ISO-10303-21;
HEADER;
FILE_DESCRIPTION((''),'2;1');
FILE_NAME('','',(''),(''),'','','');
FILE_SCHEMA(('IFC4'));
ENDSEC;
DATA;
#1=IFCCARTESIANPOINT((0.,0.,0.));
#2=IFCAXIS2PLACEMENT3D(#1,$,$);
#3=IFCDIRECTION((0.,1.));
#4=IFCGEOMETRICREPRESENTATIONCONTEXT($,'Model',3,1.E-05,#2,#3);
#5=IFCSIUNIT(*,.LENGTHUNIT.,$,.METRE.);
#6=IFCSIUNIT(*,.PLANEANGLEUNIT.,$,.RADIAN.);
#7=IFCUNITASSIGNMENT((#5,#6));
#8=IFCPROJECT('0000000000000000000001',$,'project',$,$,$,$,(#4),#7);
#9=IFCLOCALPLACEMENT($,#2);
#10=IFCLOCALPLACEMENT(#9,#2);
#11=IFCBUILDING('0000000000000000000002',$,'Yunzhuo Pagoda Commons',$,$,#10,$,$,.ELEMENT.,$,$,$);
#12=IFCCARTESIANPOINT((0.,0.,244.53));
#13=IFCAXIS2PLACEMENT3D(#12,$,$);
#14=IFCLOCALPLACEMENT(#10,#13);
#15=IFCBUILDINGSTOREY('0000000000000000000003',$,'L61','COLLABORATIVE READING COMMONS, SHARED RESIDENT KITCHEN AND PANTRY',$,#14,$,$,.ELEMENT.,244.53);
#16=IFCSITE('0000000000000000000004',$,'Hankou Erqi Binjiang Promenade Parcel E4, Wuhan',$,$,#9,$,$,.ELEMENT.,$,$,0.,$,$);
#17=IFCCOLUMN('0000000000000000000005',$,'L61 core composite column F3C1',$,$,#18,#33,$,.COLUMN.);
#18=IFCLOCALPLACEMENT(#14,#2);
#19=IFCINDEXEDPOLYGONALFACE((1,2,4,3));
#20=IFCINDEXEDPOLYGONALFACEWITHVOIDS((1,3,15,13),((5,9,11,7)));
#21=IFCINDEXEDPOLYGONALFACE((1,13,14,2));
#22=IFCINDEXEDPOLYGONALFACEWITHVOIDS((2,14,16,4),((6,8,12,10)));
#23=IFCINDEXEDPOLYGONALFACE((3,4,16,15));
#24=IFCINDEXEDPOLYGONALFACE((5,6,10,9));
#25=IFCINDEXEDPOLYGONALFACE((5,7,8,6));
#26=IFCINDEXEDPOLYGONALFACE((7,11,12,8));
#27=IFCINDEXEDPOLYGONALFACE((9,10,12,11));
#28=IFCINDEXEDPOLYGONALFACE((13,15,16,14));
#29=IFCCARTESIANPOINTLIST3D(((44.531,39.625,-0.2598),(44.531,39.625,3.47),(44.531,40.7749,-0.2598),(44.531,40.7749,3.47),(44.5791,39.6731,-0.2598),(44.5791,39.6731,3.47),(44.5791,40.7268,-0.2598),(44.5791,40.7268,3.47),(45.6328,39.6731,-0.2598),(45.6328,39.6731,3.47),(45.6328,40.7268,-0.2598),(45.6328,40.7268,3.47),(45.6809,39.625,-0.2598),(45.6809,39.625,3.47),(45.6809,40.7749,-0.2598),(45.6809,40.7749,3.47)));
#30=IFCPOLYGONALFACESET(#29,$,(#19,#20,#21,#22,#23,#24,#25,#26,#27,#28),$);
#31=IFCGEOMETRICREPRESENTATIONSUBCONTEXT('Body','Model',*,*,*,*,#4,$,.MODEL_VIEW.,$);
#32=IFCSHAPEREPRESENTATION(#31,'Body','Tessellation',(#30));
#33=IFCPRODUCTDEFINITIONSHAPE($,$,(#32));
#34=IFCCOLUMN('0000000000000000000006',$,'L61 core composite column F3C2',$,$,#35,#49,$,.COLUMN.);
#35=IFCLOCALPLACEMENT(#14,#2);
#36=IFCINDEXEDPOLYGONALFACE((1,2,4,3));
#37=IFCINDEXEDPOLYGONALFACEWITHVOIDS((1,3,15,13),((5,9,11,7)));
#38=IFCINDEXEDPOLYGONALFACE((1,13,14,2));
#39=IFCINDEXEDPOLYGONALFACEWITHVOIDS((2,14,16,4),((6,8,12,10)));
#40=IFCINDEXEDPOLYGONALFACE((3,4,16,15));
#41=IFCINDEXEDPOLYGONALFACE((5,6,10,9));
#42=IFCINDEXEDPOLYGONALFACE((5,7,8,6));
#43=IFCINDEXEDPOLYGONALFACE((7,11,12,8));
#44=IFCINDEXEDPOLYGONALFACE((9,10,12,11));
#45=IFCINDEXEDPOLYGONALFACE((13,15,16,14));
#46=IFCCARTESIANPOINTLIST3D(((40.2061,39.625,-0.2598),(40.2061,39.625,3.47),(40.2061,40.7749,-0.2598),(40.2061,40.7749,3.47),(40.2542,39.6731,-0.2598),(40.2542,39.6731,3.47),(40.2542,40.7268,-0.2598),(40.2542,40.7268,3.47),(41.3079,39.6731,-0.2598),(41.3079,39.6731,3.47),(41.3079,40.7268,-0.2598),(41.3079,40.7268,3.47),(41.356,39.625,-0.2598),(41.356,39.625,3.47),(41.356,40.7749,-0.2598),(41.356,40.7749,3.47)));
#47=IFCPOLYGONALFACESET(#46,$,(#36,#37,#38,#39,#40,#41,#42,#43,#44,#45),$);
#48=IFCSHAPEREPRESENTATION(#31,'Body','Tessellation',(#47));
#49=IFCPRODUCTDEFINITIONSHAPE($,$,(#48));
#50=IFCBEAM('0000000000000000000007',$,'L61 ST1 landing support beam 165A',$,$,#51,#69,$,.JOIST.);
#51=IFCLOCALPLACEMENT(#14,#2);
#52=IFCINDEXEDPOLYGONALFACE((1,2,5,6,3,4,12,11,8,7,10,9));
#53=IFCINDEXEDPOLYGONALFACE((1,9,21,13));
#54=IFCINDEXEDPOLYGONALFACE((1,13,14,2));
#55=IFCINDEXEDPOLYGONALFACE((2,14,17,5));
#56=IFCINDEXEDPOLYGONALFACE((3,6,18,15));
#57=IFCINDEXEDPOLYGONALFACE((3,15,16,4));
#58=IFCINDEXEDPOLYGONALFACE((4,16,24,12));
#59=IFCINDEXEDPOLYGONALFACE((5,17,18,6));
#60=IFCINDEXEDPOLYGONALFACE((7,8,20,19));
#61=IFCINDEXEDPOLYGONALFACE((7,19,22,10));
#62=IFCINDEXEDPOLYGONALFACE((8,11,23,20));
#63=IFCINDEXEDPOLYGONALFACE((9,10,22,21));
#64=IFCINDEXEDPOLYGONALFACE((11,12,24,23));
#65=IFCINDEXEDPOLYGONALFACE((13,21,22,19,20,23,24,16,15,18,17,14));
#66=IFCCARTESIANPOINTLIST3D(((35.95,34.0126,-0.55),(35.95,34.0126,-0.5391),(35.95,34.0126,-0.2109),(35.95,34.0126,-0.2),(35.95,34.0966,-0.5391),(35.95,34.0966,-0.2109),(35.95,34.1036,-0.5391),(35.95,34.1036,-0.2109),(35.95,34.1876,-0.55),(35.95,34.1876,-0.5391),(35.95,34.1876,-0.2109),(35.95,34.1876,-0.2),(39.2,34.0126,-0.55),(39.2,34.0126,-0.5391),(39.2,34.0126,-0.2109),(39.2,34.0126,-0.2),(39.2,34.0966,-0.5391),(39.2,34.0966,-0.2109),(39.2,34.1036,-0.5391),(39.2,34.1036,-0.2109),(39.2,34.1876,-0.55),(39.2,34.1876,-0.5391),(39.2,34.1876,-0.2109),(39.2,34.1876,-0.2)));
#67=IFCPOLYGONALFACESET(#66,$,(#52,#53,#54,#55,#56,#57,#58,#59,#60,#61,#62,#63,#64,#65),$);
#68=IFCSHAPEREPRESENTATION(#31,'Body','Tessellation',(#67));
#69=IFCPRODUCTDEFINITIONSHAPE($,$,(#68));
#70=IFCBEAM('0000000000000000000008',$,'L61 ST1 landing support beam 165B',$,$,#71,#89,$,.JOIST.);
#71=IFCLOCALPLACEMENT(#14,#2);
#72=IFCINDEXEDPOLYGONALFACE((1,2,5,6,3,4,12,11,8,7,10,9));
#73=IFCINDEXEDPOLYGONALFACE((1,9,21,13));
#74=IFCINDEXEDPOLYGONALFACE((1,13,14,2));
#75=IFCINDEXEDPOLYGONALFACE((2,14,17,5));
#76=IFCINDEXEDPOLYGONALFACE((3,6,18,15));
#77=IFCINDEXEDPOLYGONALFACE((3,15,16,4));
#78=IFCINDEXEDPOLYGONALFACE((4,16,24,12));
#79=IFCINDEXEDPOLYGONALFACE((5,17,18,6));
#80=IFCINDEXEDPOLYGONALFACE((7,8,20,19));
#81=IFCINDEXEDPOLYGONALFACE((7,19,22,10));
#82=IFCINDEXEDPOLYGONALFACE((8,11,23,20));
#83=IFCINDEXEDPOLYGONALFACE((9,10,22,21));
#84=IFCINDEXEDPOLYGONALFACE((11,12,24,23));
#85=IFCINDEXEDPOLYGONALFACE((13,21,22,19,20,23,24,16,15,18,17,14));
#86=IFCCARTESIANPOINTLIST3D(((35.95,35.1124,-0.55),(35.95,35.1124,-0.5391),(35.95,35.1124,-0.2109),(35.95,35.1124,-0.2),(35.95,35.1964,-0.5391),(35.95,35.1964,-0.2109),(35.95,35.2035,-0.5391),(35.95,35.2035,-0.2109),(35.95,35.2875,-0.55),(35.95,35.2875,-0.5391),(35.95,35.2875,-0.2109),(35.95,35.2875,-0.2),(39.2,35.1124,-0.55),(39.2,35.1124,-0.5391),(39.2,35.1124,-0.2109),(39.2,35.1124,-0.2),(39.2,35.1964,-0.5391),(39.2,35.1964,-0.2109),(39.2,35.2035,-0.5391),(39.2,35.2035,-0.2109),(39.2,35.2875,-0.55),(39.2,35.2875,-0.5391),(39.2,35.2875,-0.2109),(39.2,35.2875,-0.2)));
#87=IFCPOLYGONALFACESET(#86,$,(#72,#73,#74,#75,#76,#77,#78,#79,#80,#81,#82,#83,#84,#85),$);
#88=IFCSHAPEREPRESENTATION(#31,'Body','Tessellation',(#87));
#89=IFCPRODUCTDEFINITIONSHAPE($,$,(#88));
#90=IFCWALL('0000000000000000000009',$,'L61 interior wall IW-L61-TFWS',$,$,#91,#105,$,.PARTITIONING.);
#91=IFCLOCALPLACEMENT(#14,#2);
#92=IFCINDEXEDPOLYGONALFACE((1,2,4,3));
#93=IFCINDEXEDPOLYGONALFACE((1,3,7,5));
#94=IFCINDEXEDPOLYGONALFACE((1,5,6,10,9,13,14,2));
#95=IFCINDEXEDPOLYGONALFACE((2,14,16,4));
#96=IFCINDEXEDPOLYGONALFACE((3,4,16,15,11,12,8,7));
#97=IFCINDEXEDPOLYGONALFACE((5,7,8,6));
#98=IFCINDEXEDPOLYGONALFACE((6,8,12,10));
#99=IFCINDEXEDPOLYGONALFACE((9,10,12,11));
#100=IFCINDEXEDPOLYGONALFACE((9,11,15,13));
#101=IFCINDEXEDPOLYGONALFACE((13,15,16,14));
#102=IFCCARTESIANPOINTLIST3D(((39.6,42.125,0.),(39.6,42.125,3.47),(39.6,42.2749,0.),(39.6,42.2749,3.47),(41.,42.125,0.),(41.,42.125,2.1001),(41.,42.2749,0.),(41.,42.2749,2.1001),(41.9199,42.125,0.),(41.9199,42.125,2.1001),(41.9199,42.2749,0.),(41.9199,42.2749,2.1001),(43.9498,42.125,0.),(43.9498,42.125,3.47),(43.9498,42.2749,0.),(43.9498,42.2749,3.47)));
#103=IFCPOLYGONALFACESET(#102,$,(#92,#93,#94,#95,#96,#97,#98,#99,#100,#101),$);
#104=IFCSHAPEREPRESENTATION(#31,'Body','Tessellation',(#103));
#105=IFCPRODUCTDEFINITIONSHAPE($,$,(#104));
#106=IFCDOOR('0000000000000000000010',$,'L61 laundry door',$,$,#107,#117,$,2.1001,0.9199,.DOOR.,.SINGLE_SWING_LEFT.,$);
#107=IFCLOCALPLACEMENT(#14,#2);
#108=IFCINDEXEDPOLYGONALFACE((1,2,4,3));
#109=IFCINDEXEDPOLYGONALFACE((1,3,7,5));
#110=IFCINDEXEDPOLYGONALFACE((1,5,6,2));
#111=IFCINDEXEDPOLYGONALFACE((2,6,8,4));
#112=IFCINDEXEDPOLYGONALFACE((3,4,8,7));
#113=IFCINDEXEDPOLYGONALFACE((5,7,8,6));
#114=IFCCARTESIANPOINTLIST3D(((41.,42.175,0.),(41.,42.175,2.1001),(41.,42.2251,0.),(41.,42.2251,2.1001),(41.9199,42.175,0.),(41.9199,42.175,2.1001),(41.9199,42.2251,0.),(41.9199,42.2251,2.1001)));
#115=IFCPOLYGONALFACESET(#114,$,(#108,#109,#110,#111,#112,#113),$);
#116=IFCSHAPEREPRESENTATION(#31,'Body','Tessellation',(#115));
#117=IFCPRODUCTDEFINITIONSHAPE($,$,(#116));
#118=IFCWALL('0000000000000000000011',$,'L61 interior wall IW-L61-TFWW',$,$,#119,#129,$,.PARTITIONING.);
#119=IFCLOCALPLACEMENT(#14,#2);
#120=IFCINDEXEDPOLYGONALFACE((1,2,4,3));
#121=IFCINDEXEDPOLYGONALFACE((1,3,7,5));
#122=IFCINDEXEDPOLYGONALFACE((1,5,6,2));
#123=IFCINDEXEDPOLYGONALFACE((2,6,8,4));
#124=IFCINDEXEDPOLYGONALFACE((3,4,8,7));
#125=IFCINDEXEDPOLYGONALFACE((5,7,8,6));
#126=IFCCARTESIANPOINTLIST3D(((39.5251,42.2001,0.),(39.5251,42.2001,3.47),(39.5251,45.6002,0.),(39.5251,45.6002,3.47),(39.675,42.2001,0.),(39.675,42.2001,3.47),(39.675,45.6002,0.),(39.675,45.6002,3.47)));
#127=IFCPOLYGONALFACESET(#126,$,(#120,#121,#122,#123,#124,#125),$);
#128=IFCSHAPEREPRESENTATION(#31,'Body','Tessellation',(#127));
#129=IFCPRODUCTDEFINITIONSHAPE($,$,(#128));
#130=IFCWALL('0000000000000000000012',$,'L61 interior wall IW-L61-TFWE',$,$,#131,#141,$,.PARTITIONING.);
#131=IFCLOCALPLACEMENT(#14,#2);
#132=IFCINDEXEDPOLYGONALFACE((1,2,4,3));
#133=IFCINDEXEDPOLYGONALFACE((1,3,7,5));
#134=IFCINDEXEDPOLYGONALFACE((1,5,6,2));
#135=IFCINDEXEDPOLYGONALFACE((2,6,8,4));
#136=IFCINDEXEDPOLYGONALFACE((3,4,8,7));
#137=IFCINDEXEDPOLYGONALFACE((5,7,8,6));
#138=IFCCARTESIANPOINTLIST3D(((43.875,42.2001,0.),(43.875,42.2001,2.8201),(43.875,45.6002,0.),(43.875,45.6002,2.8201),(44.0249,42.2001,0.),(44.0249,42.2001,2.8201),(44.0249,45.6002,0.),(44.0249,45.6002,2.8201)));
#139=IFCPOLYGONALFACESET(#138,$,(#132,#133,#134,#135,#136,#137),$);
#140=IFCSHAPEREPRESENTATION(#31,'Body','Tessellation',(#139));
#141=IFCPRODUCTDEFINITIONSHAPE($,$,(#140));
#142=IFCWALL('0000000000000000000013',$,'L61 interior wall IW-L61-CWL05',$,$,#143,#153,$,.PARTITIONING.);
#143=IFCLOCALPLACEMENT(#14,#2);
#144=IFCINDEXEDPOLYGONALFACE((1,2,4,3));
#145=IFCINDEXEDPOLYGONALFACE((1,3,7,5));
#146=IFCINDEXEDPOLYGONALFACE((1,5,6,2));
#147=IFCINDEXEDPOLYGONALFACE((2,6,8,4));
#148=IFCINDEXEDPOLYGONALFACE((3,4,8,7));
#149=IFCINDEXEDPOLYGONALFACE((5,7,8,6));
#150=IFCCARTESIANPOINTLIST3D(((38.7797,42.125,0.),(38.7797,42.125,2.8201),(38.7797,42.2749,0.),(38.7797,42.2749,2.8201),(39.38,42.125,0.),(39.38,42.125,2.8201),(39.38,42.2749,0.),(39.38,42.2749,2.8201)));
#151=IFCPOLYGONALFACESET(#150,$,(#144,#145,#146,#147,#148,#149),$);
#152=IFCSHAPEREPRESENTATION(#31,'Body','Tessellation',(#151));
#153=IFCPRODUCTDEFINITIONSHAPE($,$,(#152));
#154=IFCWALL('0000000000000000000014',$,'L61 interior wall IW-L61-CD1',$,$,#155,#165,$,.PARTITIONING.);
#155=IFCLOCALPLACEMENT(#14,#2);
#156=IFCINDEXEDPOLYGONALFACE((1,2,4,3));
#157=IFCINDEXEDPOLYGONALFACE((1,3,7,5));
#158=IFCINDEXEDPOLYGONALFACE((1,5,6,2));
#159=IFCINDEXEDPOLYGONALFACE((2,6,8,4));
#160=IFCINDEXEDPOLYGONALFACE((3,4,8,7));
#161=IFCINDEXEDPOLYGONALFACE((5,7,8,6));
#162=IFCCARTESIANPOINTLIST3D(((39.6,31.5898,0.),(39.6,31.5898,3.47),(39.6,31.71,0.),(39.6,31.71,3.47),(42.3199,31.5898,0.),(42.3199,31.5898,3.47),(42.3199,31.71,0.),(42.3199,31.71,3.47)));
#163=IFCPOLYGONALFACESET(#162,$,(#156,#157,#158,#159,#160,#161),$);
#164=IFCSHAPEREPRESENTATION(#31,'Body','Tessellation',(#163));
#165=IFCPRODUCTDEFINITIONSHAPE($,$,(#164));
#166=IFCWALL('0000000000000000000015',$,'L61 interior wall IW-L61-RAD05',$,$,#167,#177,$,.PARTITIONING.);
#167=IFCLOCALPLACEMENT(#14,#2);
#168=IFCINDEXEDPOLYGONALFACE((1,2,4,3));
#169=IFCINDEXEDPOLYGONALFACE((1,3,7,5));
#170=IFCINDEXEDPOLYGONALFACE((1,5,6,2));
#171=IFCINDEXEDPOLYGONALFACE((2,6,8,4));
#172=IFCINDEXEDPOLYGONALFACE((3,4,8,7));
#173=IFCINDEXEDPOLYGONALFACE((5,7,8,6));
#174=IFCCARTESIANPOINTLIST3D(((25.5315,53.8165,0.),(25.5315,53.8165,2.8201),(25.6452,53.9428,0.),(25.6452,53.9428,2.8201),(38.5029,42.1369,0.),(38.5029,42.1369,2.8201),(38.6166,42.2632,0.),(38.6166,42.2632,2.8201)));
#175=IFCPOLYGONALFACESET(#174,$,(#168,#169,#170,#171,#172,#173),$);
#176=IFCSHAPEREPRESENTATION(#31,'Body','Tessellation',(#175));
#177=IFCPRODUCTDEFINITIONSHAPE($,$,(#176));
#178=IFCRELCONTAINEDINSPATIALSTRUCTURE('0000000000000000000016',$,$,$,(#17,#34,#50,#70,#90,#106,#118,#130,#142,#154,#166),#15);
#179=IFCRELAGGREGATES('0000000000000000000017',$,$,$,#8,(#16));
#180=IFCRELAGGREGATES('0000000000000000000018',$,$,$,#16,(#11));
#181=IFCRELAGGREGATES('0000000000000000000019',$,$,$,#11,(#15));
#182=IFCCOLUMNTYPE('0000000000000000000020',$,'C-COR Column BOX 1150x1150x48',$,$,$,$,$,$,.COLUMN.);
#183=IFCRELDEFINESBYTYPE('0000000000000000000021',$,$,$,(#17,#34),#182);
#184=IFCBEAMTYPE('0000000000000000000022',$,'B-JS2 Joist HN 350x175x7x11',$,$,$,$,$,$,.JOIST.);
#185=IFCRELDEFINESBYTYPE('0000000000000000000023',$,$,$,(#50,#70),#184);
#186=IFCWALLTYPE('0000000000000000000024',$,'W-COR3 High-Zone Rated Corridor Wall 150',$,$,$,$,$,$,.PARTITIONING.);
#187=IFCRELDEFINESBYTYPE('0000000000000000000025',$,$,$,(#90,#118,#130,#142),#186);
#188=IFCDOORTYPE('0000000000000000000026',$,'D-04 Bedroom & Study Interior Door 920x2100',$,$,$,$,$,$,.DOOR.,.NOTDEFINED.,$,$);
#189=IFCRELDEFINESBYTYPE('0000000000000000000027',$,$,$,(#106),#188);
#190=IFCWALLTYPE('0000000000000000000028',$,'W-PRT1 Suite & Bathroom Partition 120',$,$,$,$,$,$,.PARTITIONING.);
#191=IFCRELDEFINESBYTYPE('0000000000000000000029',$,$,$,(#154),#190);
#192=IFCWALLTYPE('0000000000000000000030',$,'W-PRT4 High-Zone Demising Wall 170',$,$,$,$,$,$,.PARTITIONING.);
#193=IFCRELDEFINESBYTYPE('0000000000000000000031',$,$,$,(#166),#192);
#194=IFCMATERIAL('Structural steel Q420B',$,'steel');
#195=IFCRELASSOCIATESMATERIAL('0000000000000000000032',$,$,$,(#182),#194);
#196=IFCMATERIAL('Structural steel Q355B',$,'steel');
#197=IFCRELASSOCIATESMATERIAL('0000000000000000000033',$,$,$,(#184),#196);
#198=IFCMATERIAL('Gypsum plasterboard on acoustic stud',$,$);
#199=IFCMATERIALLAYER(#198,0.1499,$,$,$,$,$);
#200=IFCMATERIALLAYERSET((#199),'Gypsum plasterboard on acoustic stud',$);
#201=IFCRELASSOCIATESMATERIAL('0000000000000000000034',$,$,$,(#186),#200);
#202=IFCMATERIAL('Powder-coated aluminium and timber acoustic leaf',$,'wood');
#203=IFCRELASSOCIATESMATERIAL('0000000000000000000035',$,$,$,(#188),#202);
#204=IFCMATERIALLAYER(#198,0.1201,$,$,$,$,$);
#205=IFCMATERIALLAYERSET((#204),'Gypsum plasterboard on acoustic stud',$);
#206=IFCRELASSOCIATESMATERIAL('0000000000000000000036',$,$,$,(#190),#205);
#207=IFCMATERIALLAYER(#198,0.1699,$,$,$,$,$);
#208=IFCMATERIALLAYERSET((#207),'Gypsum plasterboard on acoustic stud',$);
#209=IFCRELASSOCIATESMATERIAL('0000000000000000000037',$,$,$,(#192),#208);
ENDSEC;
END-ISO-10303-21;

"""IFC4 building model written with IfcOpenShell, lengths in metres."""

from ifc_helpers import new_model, si_unit, direction, frame, frame_2d, origin, origin_2d, place, context, subcontext, project, spatial, rectangle, hollow_rectangle, i_section, extrude, source, transform, mapped, material, layer, layer_set, material_profile, profile_set, type_object, element, fill, save


model = new_model("IFC4")

# Units and contexts
model_context = context("Model", 3, precision=1e-05, world=origin(), true_north=direction((0.0, 1.0)))
body_context = subcontext(model_context, "Body", "Model", "MODEL_VIEW")
ifc_project = project(units=[si_unit("LENGTHUNIT", "METRE"), si_unit("PLANEANGLEUNIT", "RADIAN")], contexts=[model_context])

# Site, building, storey
site_placement = place(None, origin())
site = spatial("IfcSite", under=ifc_project, at=site_placement, Name="Hankou Erqi Binjiang Promenade Parcel E4, Wuhan", CompositionType="ELEMENT", RefElevation=0.0)
building_placement = place(site_placement, origin())
building = spatial("IfcBuilding", under=site, at=building_placement, Name="Yunzhuo Pagoda Commons", CompositionType="ELEMENT")
storey_placement = place(building_placement, frame((0.0, 0.0, 244.53)))
storey = spatial("IfcBuildingStorey", under=building, at=storey_placement, Name="L61", Description="COLLABORATIVE READING COMMONS, SHARED RESIDENT KITCHEN AND PANTRY", CompositionType="ELEMENT", Elevation=244.53)

# Columns
ifc_material_1 = material(Name="Structural steel Q420B", Category="steel")
ifc_material_profile_1 = material_profile(ifc_material_1, hollow_rectangle(XDim=1.1499, YDim=1.1499, WallThickness=0.0481, at=origin_2d()), Name="Structural steel Q420B")
ifc_profile_set_1 = profile_set([ifc_material_profile_1], Name="Structural steel Q420B")
column_type = type_object("IfcColumnType", Name="C-COR Column BOX 1150x1150x48", PredefinedType="COLUMN", material=ifc_profile_set_1)
shared_shape_1 = source(origin(), body_context, "Body", "SweptSolid", [
    extrude(hollow_rectangle(XDim=1.1499, YDim=1.1499, WallThickness=0.0481, at=origin_2d()), origin(), (0.0, 0.0, 1.0), 3.7297),
])
for number, where, z_axis, x_axis, name in (
    (1, (45.106, 40.2, -0.2598), (0.0, 0.0, 1.0), (1.0, 0.0, 0.0), "L61 core composite column F3C1"),
    (2, (40.781, 40.2, -0.2598), (0.0, 0.0, 1.0), (1.0, 0.0, 0.0), "L61 core composite column F3C2"),
):
    element("IfcColumn", number, at=place(storey_placement, frame(where, z_axis=z_axis, x_axis=x_axis)), inside=storey, type_object=column_type, Name=name, PredefinedType="COLUMN", context=body_context, shape_type="MappedRepresentation", body=[
        mapped(shared_shape_1, transform((0.0, 0.0, 0.0), scale=1.0)),
    ])

# Beams
ifc_material_2 = material(Name="Structural steel Q355B", Category="steel")
ifc_material_profile_2 = material_profile(ifc_material_2, i_section(OverallWidth=0.175, OverallDepth=0.3501, WebThickness=0.0071, FlangeThickness=0.011, at=origin_2d()), Name="Structural steel Q355B")
ifc_profile_set_2 = profile_set([ifc_material_profile_2], Name="Structural steel Q355B")
beam_type = type_object("IfcBeamType", Name="B-JS2 Joist HN 350x175x7x11", PredefinedType="JOIST", material=ifc_profile_set_2)
shared_shape_2 = source(origin(), body_context, "Body", "SweptSolid", [
    extrude(i_section(OverallWidth=0.175, OverallDepth=0.3501, WebThickness=0.0071, FlangeThickness=0.011, at=origin_2d()), origin(), (0.0, 0.0, 1.0), 3.25),
])
for number, where, z_axis, x_axis, name in (
    (3, (35.95, 34.1001, -0.375), (1.0, 0.0, 0.0), (0.0, 1.0, 0.0), "L61 ST1 landing support beam 165A"),
    (4, (35.95, 35.2, -0.375), (1.0, 0.0, 0.0), (0.0, 1.0, 0.0), "L61 ST1 landing support beam 165B"),
):
    element("IfcBeam", number, at=place(storey_placement, frame(where, z_axis=z_axis, x_axis=x_axis)), inside=storey, type_object=beam_type, Name=name, PredefinedType="JOIST", context=body_context, shape_type="MappedRepresentation", body=[
        mapped(shared_shape_2, transform((0.0, 0.0, 0.0), scale=1.0)),
    ])

# Wall, opening, door
ifc_material_3 = material(Name="Gypsum plasterboard on acoustic stud")
ifc_layer_1 = layer(ifc_material_3, 0.1499)
ifc_layer_set_1 = layer_set([ifc_layer_1], Name="Gypsum plasterboard on acoustic stud")
wall_type_1 = type_object("IfcWallType", Name="W-COR3 High-Zone Rated Corridor Wall 150", PredefinedType="PARTITIONING", material=ifc_layer_set_1)
wall_1_placement = place(storey_placement, frame((39.6001, 42.2, 0.0), z_axis=(0.0, 0.0, 1.0), x_axis=(1.0, 0.0, 0.0)))
wall_1 = element("IfcWall", 5, at=wall_1_placement, inside=storey, type_object=wall_type_1, Name="L61 interior wall IW-L61-TFWS", PredefinedType="PARTITIONING", context=body_context, shape_type="SweptSolid", body=[
    extrude(rectangle(XDim=4.3499, YDim=0.1499, at=frame_2d((2.1748, 0.0))), origin(), (0.0, 0.0, 1.0), 3.47),
])
opening_1_placement = place(wall_1_placement, frame((1.3999, 0.0, 0.0)))
opening_1 = element("IfcOpeningElement", 6, at=opening_1_placement, cuts=wall_1, PredefinedType="OPENING", context=body_context, shape_type="SweptSolid", body=[
    extrude(rectangle(XDim=0.9199, YDim=2.1001, at=frame_2d((0.46, 1.05))), frame((0.0, 0.085, 0.0), z_axis=(0.0, -1.0, 0.0), x_axis=(1.0, 0.0, 0.0)), (0.0, 0.0, 1.0), 0.1699),
])
ifc_material_4 = material(Name="Powder-coated aluminium and timber acoustic leaf", Category="wood")
door_type_1 = type_object("IfcDoorType", Name="D-04 Bedroom & Study Interior Door 920x2100", OperationType="NOTDEFINED", PredefinedType="DOOR", material=ifc_material_4)
shared_shape_3 = source(origin(), body_context, "Body", "SweptSolid", [
    extrude(rectangle(XDim=0.9199, YDim=2.1001, at=frame_2d((0.46, 1.05))), frame((0.0, 0.0249, 0.0), z_axis=(0.0, -1.0, 0.0), x_axis=(1.0, 0.0, 0.0)), (0.0, 0.0, 1.0), 0.05),
])
door_1_placement = place(opening_1_placement, frame((0.9199, 0.0, 0.0), z_axis=(0.0, 0.0, 1.0), x_axis=(-1.0, 0.0, 0.0)))
door_1 = element("IfcDoor", 7, at=door_1_placement, inside=storey, type_object=door_type_1, Name="L61 laundry door", OperationType="SINGLE_SWING_LEFT", OverallHeight=2.1001, OverallWidth=0.9199, PredefinedType="DOOR", context=body_context, shape_type="MappedRepresentation", body=[
    mapped(shared_shape_3, transform((0.0, 0.0, 0.0), scale=1.0)),
])
fill(opening_1, door_1)

# Walls
wall_2_placement = place(storey_placement, frame((39.6001, 42.2, 0.0), z_axis=(0.0, 0.0, 1.0), x_axis=(0.0, 1.0, 0.0)))
element("IfcWall", 8, at=wall_2_placement, inside=storey, type_object=wall_type_1, Name="L61 interior wall IW-L61-TFWW", PredefinedType="PARTITIONING", context=body_context, shape_type="SweptSolid", body=[
    extrude(rectangle(XDim=3.4001, YDim=0.1499, at=frame_2d((1.7002, 0.0))), origin(), (0.0, 0.0, 1.0), 3.47),
])
wall_3_placement = place(storey_placement, frame((43.95, 42.2, 0.0), z_axis=(0.0, 0.0, 1.0), x_axis=(0.0, 1.0, 0.0)))
element("IfcWall", 9, at=wall_3_placement, inside=storey, type_object=wall_type_1, Name="L61 interior wall IW-L61-TFWE", PredefinedType="PARTITIONING", context=body_context, shape_type="SweptSolid", body=[
    extrude(rectangle(XDim=3.4001, YDim=0.1499, at=frame_2d((1.7002, 0.0))), origin(), (0.0, 0.0, 1.0), 2.8201),
])
wall_4_placement = place(storey_placement, frame((38.7795, 42.2, 0.0), z_axis=(0.0, 0.0, 1.0), x_axis=(1.0, 0.0, 0.0)))
element("IfcWall", 10, at=wall_4_placement, inside=storey, type_object=wall_type_1, Name="L61 interior wall IW-L61-CWL05", PredefinedType="PARTITIONING", context=body_context, shape_type="SweptSolid", body=[
    extrude(rectangle(XDim=0.6003, YDim=0.1499, at=frame_2d((0.3003, 0.0))), origin(), (0.0, 0.0, 1.0), 2.8201),
])
ifc_layer_2 = layer(ifc_material_3, 0.1201)
ifc_layer_set_2 = layer_set([ifc_layer_2], Name="Gypsum plasterboard on acoustic stud")
wall_type_2 = type_object("IfcWallType", Name="W-PRT1 Suite & Bathroom Partition 120", PredefinedType="PARTITIONING", material=ifc_layer_set_2)
wall_5_placement = place(storey_placement, frame((39.6001, 31.6499, 0.0), z_axis=(0.0, 0.0, 1.0), x_axis=(1.0, 0.0, 0.0)))
element("IfcWall", 11, at=wall_5_placement, inside=storey, type_object=wall_type_2, Name="L61 interior wall IW-L61-CD1", PredefinedType="PARTITIONING", context=body_context, shape_type="SweptSolid", body=[
    extrude(rectangle(XDim=2.72, YDim=0.1201, at=frame_2d((1.3599, 0.0))), origin(), (0.0, 0.0, 1.0), 3.47),
])
ifc_layer_3 = layer(ifc_material_3, 0.1699)
ifc_layer_set_3 = layer_set([ifc_layer_3], Name="Gypsum plasterboard on acoustic stud")
wall_type_3 = type_object("IfcWallType", Name="W-PRT4 High-Zone Demising Wall 170", PredefinedType="PARTITIONING", material=ifc_layer_set_3)
wall_6_placement = place(storey_placement, frame((38.5598, 42.2, 0.0), z_axis=(0.0, 0.0, 1.0), x_axis=(-0.74314, 0.669135, 0.0)))
element("IfcWall", 12, at=wall_6_placement, inside=storey, type_object=wall_type_3, Name="L61 interior wall IW-L61-RAD05", PredefinedType="PARTITIONING", context=body_context, shape_type="SweptSolid", body=[
    extrude(rectangle(XDim=17.4548, YDim=0.1699, at=frame_2d((8.7275, 0.0))), origin(), (0.0, 0.0, 1.0), 2.8201),
])

save(model, "model.ifc")
